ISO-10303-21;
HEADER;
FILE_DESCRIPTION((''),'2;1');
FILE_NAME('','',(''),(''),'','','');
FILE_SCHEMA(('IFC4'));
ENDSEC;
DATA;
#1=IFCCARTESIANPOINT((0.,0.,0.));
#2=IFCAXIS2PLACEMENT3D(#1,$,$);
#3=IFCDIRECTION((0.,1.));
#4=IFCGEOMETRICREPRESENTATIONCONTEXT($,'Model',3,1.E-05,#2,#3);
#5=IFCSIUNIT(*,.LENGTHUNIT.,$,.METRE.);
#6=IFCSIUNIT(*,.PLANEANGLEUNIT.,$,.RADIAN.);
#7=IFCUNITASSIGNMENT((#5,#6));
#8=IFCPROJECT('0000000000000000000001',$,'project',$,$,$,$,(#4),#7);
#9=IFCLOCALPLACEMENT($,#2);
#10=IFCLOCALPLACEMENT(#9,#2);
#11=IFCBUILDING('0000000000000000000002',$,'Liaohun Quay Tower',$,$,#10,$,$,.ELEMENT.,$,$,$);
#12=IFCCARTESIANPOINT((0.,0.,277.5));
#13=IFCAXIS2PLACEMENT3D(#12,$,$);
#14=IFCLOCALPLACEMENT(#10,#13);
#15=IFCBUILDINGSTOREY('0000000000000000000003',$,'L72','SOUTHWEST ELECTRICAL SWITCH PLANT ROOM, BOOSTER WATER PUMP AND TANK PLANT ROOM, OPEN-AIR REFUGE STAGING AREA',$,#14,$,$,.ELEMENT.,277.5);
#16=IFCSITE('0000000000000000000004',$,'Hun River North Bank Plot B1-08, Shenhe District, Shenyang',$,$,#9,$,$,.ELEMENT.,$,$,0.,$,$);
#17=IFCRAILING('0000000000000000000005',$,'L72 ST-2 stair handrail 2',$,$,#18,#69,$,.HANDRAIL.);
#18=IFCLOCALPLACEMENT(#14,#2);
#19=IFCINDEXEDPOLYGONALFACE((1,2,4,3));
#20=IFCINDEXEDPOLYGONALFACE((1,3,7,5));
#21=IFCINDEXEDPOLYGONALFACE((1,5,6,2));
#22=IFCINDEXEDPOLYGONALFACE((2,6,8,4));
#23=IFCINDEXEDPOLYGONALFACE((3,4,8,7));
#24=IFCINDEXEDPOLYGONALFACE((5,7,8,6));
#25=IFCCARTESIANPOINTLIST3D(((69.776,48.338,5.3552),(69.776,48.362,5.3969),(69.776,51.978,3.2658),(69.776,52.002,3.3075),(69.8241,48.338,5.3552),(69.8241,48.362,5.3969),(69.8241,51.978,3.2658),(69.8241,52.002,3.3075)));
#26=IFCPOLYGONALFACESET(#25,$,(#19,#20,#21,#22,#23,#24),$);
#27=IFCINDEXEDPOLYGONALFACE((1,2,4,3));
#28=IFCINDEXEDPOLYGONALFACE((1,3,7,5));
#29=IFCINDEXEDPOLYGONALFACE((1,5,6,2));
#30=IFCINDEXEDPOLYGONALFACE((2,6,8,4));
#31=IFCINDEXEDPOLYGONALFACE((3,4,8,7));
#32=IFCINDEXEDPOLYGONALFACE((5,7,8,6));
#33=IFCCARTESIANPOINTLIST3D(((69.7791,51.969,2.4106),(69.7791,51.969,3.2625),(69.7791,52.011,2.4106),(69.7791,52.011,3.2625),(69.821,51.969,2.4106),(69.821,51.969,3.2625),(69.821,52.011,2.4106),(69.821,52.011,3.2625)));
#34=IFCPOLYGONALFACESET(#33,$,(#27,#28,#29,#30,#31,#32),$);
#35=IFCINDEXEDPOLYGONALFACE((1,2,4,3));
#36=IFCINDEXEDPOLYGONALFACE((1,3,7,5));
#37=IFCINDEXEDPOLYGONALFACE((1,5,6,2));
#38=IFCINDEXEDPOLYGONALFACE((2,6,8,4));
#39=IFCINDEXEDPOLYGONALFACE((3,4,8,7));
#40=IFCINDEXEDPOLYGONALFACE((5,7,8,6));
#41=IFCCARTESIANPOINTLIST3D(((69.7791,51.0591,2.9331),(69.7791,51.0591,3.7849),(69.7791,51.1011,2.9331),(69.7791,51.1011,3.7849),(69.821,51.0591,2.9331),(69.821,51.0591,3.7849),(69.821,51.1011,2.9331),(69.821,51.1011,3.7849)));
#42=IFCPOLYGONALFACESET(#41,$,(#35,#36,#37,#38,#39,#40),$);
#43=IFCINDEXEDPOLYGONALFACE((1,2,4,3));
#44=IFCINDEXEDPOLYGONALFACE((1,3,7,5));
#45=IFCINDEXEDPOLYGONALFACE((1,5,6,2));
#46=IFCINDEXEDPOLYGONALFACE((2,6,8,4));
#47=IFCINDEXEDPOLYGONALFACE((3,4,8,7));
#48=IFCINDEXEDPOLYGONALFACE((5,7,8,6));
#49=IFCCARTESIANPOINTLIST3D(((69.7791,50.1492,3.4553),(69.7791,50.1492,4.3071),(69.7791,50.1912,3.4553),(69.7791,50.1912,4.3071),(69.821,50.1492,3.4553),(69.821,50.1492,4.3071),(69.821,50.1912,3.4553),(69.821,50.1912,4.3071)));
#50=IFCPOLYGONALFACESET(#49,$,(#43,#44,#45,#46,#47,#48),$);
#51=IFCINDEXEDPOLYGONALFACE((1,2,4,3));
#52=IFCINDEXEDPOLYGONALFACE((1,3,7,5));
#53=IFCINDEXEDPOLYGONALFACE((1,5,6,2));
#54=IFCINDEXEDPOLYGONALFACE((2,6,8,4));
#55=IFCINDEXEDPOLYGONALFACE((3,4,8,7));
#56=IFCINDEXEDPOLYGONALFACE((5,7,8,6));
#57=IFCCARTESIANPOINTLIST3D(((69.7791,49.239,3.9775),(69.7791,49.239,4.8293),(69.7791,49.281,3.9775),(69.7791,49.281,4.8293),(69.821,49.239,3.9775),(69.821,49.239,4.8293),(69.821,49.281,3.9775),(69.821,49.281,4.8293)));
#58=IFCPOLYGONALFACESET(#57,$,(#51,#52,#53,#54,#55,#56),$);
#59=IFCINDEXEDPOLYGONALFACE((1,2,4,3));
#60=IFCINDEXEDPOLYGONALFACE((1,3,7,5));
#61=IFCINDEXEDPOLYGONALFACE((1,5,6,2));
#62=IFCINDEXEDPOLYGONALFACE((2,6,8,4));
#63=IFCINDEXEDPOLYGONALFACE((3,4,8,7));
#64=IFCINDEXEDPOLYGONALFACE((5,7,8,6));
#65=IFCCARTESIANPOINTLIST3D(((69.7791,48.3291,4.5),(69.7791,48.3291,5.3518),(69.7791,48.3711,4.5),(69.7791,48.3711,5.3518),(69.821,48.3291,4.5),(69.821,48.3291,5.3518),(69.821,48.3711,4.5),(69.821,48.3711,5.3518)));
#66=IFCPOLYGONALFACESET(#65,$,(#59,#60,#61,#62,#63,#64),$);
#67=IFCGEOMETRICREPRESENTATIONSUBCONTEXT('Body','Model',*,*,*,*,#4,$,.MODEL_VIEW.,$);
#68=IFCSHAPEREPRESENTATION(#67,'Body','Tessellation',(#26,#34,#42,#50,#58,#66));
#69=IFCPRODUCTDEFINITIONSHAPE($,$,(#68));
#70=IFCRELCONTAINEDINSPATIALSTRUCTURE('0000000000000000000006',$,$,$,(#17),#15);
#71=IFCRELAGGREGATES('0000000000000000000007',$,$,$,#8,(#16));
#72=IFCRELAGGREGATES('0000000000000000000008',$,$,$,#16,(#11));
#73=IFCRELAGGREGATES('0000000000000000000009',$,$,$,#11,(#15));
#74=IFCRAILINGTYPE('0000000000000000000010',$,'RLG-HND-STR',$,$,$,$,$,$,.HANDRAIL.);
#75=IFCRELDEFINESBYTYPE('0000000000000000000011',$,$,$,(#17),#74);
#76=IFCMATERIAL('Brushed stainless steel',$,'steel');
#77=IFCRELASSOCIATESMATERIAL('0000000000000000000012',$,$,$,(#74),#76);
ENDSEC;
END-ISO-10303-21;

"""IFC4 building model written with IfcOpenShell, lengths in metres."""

from ifc_helpers import new_model, si_unit, direction, frame, origin, origin_2d, place, context, subcontext, project, spatial, rectangle, extrude, material, type_object, element, save


model = new_model("IFC4")

# Units and contexts
model_context = context("Model", 3, precision=1e-05, world=origin(), true_north=direction((0.0, 1.0)))
body_context = subcontext(model_context, "Body", "Model", "MODEL_VIEW")
ifc_project = project(units=[si_unit("LENGTHUNIT", "METRE"), si_unit("PLANEANGLEUNIT", "RADIAN")], contexts=[model_context])

# Site, building, storey
site_placement = place(None, origin())
site = spatial("IfcSite", under=ifc_project, at=site_placement, Name="Hun River North Bank Plot B1-08, Shenhe District, Shenyang", CompositionType="ELEMENT", RefElevation=0.0)
building_placement = place(site_placement, origin())
building = spatial("IfcBuilding", under=site, at=building_placement, Name="Liaohun Quay Tower", CompositionType="ELEMENT")
storey_placement = place(building_placement, frame((0.0, 0.0, 277.5)))
storey = spatial("IfcBuildingStorey", under=building, at=storey_placement, Name="L72", Description="SOUTHWEST ELECTRICAL SWITCH PLANT ROOM, BOOSTER WATER PUMP AND TANK PLANT ROOM, OPEN-AIR REFUGE STAGING AREA", CompositionType="ELEMENT", Elevation=277.5)

# Railing
ifc_material_1 = material(Name="Brushed stainless steel", Category="steel")
railing_type_1 = type_object("IfcRailingType", Name="RLG-HND-STR", PredefinedType="HANDRAIL", material=ifc_material_1)
railing_1_placement = place(storey_placement, frame((69.8, 51.99, 2.4106)))
element("IfcRailing", 1, at=railing_1_placement, inside=storey, type_object=railing_type_1, Name="L72 ST-2 stair handrail 2", PredefinedType="HANDRAIL", context=body_context, shape_type="SweptSolid", body=[
    extrude(rectangle(XDim=0.0481, YDim=0.0481, at=origin_2d()), frame((0.0, 0.0, 0.876), z_axis=(0.0, -0.867275, 0.497829), x_axis=(1.0, 0.0, 0.0)), (0.0, 0.0, 1.0), 4.197),
    extrude(rectangle(XDim=0.042, YDim=0.042, at=origin_2d()), origin(), (0.0, 0.0, 1.0), 0.8518),
    extrude(rectangle(XDim=0.042, YDim=0.042, at=origin_2d()), frame((0.0, -0.9099, 0.5225)), (0.0, 0.0, 1.0), 0.8518),
    extrude(rectangle(XDim=0.042, YDim=0.042, at=origin_2d()), frame((0.0, -1.8198, 1.0447)), (0.0, 0.0, 1.0), 0.8518),
    extrude(rectangle(XDim=0.042, YDim=0.042, at=origin_2d()), frame((0.0, -2.73, 1.5669)), (0.0, 0.0, 1.0), 0.8518),
    extrude(rectangle(XDim=0.042, YDim=0.042, at=origin_2d()), frame((0.0, -3.6399, 2.0894)), (0.0, 0.0, 1.0), 0.8518),
])

save(model, "model.ifc")
